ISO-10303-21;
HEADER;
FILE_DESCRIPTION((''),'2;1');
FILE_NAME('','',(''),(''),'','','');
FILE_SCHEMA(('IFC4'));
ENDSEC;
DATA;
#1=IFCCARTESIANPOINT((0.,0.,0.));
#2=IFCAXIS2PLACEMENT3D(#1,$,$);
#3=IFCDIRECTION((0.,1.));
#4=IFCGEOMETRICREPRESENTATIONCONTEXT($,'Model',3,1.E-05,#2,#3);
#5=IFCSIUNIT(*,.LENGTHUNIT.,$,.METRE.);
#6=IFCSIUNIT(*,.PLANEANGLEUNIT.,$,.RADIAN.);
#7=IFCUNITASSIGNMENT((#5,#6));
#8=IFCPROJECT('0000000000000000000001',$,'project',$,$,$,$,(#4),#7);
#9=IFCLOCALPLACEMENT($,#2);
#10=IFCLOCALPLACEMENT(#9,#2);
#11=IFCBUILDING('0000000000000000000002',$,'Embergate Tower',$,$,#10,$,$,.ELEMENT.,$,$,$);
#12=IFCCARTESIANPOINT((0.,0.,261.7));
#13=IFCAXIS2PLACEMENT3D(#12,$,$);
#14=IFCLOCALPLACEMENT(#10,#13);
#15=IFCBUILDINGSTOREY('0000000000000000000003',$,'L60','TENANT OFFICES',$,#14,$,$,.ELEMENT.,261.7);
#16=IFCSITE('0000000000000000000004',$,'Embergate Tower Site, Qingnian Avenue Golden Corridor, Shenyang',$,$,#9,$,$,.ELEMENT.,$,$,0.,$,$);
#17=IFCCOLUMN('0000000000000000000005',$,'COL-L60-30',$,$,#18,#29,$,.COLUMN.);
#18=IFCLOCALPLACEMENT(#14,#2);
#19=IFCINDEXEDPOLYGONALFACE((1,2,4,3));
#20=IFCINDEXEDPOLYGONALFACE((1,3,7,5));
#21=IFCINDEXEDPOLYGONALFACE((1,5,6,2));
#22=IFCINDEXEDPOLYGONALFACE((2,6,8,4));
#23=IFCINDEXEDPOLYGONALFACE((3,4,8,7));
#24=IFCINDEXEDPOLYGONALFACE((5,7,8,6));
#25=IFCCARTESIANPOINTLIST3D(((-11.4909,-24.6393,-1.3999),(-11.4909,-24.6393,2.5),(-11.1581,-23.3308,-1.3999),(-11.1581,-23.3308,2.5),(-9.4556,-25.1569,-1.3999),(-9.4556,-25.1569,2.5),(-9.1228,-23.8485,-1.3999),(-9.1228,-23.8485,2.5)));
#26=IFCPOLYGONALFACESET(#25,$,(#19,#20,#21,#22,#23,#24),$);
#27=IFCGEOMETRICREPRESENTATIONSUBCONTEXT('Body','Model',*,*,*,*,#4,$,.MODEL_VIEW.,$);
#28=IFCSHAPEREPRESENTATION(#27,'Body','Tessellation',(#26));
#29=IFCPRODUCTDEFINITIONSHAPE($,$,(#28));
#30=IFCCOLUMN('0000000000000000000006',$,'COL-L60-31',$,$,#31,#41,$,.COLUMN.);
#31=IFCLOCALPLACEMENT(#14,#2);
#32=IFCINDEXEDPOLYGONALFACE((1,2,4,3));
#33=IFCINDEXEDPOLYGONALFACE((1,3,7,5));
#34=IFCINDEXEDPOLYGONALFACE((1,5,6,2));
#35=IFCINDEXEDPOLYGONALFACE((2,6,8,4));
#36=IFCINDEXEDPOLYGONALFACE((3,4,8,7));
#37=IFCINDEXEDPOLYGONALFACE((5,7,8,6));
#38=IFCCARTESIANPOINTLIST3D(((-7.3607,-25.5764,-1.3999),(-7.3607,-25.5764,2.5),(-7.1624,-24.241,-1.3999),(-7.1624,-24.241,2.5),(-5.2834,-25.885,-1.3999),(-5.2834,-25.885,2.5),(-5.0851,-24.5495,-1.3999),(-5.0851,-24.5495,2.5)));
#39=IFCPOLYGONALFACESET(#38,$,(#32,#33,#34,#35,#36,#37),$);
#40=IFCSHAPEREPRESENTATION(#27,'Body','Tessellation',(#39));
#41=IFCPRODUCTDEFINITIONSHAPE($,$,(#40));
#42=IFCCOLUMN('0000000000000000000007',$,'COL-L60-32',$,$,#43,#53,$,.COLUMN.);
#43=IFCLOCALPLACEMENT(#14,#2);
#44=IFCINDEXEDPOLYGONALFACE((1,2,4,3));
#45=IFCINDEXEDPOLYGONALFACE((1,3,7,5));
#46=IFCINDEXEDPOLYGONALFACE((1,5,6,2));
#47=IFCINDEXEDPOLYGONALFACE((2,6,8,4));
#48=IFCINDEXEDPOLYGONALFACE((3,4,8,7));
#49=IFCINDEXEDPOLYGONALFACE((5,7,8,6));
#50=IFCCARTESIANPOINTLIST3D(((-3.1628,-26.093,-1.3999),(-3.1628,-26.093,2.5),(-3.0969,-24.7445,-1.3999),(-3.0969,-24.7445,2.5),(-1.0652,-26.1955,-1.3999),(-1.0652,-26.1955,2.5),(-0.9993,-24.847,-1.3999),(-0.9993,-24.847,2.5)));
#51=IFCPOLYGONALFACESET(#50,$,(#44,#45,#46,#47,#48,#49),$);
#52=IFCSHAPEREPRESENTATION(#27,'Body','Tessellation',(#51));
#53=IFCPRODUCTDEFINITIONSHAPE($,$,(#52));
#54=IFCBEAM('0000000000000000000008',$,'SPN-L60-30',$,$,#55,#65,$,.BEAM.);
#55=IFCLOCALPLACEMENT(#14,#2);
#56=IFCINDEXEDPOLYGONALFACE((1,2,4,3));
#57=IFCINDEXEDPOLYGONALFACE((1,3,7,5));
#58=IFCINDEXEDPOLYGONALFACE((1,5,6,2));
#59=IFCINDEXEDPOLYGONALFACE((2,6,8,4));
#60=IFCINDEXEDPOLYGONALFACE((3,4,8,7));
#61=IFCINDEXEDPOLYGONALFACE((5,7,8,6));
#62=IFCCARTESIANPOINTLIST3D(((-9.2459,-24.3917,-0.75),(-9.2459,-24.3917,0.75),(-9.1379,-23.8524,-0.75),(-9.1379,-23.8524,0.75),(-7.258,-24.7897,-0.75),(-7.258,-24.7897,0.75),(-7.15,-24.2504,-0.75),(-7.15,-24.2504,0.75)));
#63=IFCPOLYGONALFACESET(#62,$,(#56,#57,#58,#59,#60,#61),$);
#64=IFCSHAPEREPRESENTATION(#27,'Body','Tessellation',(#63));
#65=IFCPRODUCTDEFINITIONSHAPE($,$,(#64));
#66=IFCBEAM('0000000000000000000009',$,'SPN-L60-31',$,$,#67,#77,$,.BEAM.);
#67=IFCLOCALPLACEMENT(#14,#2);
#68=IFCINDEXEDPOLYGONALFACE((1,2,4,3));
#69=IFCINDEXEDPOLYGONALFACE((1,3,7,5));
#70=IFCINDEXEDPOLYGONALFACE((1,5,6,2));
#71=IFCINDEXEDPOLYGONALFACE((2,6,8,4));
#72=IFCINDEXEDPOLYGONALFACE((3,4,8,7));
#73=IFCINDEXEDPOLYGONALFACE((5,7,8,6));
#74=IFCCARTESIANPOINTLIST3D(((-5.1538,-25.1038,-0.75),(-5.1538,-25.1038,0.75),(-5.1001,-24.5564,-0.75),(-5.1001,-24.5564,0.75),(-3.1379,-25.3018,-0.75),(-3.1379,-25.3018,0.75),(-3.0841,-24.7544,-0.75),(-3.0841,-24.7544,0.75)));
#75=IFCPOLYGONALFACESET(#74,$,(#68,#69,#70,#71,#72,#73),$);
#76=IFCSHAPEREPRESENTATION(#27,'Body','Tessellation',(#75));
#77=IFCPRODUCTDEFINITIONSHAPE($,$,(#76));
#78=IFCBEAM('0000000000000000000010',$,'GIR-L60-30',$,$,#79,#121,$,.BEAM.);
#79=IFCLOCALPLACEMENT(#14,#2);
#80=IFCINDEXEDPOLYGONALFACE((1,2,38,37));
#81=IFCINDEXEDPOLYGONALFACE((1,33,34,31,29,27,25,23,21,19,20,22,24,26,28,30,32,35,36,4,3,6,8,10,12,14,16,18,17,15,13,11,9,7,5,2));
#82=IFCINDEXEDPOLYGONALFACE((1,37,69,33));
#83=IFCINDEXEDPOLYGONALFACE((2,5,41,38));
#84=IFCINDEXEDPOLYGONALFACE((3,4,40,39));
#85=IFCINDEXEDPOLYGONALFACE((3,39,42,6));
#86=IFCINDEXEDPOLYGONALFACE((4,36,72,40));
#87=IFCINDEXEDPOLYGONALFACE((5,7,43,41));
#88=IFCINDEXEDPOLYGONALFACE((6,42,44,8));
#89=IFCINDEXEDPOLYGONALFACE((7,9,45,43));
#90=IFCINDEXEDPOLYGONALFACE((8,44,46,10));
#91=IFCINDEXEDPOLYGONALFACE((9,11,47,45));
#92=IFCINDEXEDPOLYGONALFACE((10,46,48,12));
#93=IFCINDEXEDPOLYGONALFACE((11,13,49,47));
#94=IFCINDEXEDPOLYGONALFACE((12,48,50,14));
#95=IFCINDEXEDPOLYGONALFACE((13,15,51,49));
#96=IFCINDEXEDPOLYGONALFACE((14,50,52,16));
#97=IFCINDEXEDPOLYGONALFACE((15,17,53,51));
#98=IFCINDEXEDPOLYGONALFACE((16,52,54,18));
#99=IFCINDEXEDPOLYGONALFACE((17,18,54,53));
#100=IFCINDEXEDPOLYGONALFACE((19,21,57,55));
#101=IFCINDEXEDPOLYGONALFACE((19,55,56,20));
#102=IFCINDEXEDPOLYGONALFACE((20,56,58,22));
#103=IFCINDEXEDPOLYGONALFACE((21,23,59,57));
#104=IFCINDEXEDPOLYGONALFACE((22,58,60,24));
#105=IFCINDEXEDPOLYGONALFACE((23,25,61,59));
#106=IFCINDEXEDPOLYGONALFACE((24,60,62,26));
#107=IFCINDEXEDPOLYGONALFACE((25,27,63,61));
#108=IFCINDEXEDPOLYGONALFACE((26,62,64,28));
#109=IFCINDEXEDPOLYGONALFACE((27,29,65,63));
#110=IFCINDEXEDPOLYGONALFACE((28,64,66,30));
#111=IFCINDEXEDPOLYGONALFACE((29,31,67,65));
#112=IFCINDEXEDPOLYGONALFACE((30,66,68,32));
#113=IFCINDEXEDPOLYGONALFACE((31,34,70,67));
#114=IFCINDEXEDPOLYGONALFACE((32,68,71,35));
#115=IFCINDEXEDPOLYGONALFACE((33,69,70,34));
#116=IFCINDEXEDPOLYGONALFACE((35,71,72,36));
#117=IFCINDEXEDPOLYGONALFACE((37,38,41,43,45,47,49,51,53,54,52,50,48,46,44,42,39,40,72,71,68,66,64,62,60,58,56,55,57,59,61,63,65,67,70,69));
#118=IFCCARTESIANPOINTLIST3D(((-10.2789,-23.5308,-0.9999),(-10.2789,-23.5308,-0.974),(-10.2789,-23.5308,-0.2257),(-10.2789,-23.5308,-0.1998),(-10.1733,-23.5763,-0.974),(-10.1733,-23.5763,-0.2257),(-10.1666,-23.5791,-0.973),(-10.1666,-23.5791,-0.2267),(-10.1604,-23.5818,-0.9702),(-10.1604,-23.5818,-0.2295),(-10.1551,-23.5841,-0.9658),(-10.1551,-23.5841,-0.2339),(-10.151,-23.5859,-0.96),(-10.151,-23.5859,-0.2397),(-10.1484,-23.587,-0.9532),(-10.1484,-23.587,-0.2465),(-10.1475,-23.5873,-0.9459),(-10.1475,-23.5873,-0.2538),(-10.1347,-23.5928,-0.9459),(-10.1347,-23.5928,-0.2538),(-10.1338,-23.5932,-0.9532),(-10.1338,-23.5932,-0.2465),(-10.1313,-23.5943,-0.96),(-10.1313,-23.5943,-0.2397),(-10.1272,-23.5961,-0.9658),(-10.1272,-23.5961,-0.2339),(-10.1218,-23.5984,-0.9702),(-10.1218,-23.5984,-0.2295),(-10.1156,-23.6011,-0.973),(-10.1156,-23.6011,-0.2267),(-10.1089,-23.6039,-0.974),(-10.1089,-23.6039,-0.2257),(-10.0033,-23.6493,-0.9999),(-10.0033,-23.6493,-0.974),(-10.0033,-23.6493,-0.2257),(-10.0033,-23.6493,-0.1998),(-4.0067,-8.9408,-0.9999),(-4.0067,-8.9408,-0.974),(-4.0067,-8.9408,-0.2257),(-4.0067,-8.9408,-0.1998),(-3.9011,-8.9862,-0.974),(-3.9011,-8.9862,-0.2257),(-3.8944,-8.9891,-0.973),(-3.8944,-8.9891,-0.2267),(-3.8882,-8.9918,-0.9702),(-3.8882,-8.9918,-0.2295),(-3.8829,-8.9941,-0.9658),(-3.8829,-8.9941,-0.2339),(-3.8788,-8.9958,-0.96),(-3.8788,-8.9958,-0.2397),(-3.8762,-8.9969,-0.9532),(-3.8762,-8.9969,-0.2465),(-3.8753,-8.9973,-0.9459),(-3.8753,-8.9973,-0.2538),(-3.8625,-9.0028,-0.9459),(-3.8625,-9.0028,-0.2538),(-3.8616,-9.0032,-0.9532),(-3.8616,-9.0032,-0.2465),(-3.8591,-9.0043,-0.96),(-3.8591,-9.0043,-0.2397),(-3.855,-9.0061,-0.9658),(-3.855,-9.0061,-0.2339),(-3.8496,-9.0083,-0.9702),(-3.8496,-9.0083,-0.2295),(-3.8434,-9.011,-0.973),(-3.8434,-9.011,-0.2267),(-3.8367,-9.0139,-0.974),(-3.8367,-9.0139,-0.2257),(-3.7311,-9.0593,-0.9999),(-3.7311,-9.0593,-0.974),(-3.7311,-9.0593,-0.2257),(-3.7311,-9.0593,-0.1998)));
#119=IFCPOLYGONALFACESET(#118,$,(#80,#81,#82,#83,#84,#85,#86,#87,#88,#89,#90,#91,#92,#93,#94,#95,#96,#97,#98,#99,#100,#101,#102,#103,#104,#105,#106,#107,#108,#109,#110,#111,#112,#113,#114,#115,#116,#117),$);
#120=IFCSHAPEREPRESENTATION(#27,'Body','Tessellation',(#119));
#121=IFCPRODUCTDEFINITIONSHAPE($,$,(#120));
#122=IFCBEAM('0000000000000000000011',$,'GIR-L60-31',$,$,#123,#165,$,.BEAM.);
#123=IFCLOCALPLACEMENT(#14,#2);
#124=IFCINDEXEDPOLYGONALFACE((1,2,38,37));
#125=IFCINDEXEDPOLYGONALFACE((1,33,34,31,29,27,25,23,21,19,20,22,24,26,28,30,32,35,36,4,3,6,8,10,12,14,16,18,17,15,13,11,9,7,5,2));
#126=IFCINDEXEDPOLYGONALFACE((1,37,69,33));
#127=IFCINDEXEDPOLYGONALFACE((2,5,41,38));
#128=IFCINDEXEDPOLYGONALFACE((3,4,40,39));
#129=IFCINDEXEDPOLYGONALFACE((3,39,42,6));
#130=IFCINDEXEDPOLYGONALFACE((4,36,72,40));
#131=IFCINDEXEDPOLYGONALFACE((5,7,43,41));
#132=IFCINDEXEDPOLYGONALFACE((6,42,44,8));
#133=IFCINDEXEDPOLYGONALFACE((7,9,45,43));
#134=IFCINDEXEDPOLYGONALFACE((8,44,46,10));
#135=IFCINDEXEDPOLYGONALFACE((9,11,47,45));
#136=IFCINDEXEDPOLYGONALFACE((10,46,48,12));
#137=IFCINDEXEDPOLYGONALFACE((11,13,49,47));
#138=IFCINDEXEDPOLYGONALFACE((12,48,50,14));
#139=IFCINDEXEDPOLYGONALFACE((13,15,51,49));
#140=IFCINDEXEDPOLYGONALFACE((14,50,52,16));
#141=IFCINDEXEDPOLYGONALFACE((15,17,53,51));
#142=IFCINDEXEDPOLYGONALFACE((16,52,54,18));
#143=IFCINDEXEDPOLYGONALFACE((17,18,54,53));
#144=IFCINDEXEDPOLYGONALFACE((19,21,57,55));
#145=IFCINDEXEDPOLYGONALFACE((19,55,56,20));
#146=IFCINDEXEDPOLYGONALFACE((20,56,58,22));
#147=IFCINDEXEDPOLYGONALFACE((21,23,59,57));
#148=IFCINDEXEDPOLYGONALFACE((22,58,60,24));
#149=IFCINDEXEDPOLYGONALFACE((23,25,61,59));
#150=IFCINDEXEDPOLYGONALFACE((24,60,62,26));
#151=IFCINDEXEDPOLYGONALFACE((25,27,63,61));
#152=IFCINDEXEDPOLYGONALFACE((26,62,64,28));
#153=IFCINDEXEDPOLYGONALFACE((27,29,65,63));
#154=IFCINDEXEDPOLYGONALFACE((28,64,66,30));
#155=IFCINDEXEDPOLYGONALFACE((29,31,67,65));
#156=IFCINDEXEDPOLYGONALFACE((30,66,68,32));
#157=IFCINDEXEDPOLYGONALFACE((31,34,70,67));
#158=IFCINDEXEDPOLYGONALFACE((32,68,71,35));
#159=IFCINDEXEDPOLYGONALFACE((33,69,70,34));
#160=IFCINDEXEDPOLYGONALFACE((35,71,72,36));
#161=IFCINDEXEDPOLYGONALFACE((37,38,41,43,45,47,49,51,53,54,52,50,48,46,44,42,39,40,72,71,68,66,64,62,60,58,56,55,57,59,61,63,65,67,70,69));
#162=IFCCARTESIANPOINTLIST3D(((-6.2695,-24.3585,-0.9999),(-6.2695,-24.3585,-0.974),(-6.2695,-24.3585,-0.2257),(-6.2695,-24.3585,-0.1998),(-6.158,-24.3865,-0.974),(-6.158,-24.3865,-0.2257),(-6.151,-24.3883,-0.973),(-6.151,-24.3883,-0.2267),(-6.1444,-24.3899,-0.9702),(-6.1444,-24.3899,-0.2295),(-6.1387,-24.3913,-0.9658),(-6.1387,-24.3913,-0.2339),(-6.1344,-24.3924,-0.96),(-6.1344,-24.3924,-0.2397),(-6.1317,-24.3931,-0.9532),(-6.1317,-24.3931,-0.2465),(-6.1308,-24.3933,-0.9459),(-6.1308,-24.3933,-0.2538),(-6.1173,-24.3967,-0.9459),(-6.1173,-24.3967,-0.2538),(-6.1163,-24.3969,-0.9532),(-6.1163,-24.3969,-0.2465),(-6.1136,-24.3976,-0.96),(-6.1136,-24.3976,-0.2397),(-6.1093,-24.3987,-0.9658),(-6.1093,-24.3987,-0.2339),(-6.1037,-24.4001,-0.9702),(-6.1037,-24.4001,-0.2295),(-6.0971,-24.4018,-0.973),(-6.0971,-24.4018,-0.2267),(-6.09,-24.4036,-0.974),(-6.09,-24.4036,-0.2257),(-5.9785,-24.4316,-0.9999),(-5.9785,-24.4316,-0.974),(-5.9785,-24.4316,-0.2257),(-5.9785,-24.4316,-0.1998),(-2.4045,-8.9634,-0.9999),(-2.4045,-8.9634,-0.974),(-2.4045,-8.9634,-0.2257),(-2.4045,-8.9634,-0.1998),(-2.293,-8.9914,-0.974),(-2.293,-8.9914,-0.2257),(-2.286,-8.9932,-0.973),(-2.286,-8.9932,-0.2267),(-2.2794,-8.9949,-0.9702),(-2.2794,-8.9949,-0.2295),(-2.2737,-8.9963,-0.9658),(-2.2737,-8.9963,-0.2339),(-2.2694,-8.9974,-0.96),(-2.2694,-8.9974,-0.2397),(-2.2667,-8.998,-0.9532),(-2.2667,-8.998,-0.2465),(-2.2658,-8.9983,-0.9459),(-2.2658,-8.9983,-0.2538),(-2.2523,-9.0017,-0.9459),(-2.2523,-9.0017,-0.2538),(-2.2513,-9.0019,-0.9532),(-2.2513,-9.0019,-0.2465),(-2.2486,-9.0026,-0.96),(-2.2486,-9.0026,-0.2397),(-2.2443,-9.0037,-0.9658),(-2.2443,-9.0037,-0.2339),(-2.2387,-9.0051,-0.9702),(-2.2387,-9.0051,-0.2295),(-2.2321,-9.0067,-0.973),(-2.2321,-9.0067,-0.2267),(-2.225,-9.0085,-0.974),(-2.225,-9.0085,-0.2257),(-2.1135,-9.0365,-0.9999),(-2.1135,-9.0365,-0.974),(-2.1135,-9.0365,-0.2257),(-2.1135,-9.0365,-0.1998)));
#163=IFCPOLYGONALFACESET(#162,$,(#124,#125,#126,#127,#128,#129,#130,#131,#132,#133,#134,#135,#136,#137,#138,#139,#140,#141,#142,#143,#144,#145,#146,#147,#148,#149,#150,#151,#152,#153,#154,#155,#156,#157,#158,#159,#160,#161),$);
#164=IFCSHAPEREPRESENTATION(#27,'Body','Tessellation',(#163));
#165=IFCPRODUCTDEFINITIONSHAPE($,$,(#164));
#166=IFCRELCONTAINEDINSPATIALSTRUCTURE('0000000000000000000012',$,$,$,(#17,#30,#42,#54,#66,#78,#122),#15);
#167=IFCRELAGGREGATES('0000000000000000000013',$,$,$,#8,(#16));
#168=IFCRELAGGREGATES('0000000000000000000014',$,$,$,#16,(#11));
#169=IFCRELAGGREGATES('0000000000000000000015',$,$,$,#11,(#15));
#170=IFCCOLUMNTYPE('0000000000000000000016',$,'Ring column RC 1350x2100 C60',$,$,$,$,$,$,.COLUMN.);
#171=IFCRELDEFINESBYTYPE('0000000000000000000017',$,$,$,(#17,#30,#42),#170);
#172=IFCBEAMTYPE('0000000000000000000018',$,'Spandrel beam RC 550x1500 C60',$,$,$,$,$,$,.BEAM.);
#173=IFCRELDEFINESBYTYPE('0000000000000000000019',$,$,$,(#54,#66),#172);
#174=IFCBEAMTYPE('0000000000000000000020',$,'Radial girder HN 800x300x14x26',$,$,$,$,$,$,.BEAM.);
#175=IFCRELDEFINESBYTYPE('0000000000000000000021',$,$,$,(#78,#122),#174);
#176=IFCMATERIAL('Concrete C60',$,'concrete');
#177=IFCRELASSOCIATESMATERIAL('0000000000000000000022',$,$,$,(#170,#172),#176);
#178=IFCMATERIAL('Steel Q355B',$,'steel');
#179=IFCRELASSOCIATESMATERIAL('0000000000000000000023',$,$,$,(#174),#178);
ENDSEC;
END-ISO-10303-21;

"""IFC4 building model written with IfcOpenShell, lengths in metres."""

from ifc_helpers import new_model, si_unit, direction, frame, origin, origin_2d, place, context, subcontext, project, spatial, rectangle, i_section, extrude, source, transform, mapped, material, material_profile, profile_set, type_object, element, save


model = new_model("IFC4")

# Units and contexts
model_context = context("Model", 3, precision=1e-05, world=origin(), true_north=direction((0.0, 1.0)))
body_context = subcontext(model_context, "Body", "Model", "MODEL_VIEW")
ifc_project = project(units=[si_unit("LENGTHUNIT", "METRE"), si_unit("PLANEANGLEUNIT", "RADIAN")], contexts=[model_context])

# Site, building, storey
site_placement = place(None, origin())
site = spatial("IfcSite", under=ifc_project, at=site_placement, Name="Embergate Tower Site, Qingnian Avenue Golden Corridor, Shenyang", CompositionType="ELEMENT", RefElevation=0.0)
building_placement = place(site_placement, origin())
building = spatial("IfcBuilding", under=site, at=building_placement, Name="Embergate Tower", CompositionType="ELEMENT")
storey_placement = place(building_placement, frame((0.0, 0.0, 261.7)))
storey = spatial("IfcBuildingStorey", under=building, at=storey_placement, Name="L60", Description="TENANT OFFICES", CompositionType="ELEMENT", Elevation=261.7)

# Columns
ifc_material_1 = material(Name="Concrete C60", Category="concrete")
ifc_material_profile_1 = material_profile(ifc_material_1, rectangle(XDim=1.3501, YDim=2.1001, at=origin_2d()), Name="RC 1350x2100")
ifc_profile_set_1 = profile_set([ifc_material_profile_1], Name="Concrete C60")
column_type = type_object("IfcColumnType", Name="Ring column RC 1350x2100 C60", PredefinedType="COLUMN", material=ifc_profile_set_1)
shared_shape_1 = source(origin(), body_context, "Body", "SweptSolid", [
    extrude(rectangle(XDim=1.3501, YDim=2.1001, at=origin_2d()), origin(), (0.0, 0.0, 1.0), 3.8999),
])
for number, where, z_axis, x_axis, name in (
    (1, (-10.3069, -24.2439, -1.3999), (0.0, 0.0, 1.0), (-0.246492, -0.969145, 0.0), "COL-L60-30"),
    (2, (-6.2229, -25.063, -1.3999), (0.0, 0.0, 1.0), (-0.146929, -0.989147, 0.0), "COL-L60-31"),
    (3, (-2.0811, -25.47, -1.3999), (0.0, 0.0, 1.0), (-0.048815, -0.998808, 0.0), "COL-L60-32"),
):
    element("IfcColumn", number, at=place(storey_placement, frame(where, z_axis=z_axis, x_axis=x_axis)), inside=storey, type_object=column_type, Name=name, PredefinedType="COLUMN", context=body_context, shape_type="MappedRepresentation", body=[
        mapped(shared_shape_1, transform((0.0, 0.0, 0.0))),
    ])

# Beams
ifc_material_profile_2 = material_profile(ifc_material_1, rectangle(XDim=0.55, YDim=1.5, at=origin_2d()), Name="RC 550x1500")
ifc_profile_set_2 = profile_set([ifc_material_profile_2], Name="Concrete C60")
beam_type_1 = type_object("IfcBeamType", Name="Spandrel beam RC 550x1500 C60", PredefinedType="BEAM", material=ifc_profile_set_2)
shared_shape_2 = source(origin(), body_context, "Body", "SweptSolid", [
    extrude(rectangle(XDim=0.55, YDim=1.5, at=origin_2d()), origin(), (0.0, 0.0, 1.0), 2.0273),
])
beam_1_placement = place(storey_placement, frame((-9.1919, -24.1221, 0.0), z_axis=(0.980544, -0.196301, 0.0), x_axis=(0.196301, 0.980544, 0.0)))
element("IfcBeam", 4, at=beam_1_placement, inside=storey, type_object=beam_type_1, Name="SPN-L60-30", PredefinedType="BEAM", context=body_context, shape_type="MappedRepresentation", body=[
    mapped(shared_shape_2, transform((0.0, 0.0, 0.0))),
])
shared_shape_3 = source(origin(), body_context, "Body", "SweptSolid", [
    extrude(rectangle(XDim=0.55, YDim=1.5, at=origin_2d()), origin(), (0.0, 0.0, 1.0), 2.0256),
])
beam_2_placement = place(storey_placement, frame((-5.127, -24.8301, 0.0), z_axis=(0.995211, -0.097749, 0.0), x_axis=(0.097749, 0.995211, 0.0)))
element("IfcBeam", 5, at=beam_2_placement, inside=storey, type_object=beam_type_1, Name="SPN-L60-31", PredefinedType="BEAM", context=body_context, shape_type="MappedRepresentation", body=[
    mapped(shared_shape_3, transform((0.0, 0.0, 0.0))),
])
ifc_material_2 = material(Name="Steel Q355B", Category="steel")
ifc_material_profile_3 = material_profile(ifc_material_2, i_section(OverallWidth=0.3, OverallDepth=0.8, WebThickness=0.0139, FlangeThickness=0.0259, FilletRadius=0.0281, at=origin_2d()), Name="HN 800x300x14x26")
ifc_profile_set_3 = profile_set([ifc_material_profile_3], Name="Steel Q355 grade B")
beam_type_2 = type_object("IfcBeamType", Name="Radial girder HN 800x300x14x26", PredefinedType="BEAM", material=ifc_profile_set_3)
shared_shape_4 = source(origin(), body_context, "Body", "SweptSolid", [
    extrude(i_section(OverallWidth=0.3, OverallDepth=0.8, WebThickness=0.0139, FlangeThickness=0.0259, FilletRadius=0.0281, at=origin_2d()), origin(), (0.0, 0.0, 1.0), 15.8811),
])
beam_3_placement = place(storey_placement, frame((-10.1411, -23.5901, -0.5999), z_axis=(0.394947, 0.918704, 0.0), x_axis=(-0.918704, 0.394947, 0.0)))
element("IfcBeam", 6, at=beam_3_placement, inside=storey, type_object=beam_type_2, Name="GIR-L60-30", PredefinedType="BEAM", context=body_context, shape_type="MappedRepresentation", body=[
    mapped(shared_shape_4, transform((0.0, 0.0, 0.0))),
])
shared_shape_5 = source(origin(), body_context, "Body", "SweptSolid", [
    extrude(i_section(OverallWidth=0.3, OverallDepth=0.8, WebThickness=0.0139, FlangeThickness=0.0259, FilletRadius=0.0281, at=origin_2d()), origin(), (0.0, 0.0, 1.0), 15.8728),
])
beam_4_placement = place(storey_placement, frame((-6.124, -24.395, -0.5999), z_axis=(0.243498, 0.969901, 0.0), x_axis=(-0.969901, 0.243498, 0.0)))
element("IfcBeam", 7, at=beam_4_placement, inside=storey, type_object=beam_type_2, Name="GIR-L60-31", PredefinedType="BEAM", context=body_context, shape_type="MappedRepresentation", body=[
    mapped(shared_shape_5, transform((0.0, 0.0, 0.0))),
])

save(model, "model.ifc")
